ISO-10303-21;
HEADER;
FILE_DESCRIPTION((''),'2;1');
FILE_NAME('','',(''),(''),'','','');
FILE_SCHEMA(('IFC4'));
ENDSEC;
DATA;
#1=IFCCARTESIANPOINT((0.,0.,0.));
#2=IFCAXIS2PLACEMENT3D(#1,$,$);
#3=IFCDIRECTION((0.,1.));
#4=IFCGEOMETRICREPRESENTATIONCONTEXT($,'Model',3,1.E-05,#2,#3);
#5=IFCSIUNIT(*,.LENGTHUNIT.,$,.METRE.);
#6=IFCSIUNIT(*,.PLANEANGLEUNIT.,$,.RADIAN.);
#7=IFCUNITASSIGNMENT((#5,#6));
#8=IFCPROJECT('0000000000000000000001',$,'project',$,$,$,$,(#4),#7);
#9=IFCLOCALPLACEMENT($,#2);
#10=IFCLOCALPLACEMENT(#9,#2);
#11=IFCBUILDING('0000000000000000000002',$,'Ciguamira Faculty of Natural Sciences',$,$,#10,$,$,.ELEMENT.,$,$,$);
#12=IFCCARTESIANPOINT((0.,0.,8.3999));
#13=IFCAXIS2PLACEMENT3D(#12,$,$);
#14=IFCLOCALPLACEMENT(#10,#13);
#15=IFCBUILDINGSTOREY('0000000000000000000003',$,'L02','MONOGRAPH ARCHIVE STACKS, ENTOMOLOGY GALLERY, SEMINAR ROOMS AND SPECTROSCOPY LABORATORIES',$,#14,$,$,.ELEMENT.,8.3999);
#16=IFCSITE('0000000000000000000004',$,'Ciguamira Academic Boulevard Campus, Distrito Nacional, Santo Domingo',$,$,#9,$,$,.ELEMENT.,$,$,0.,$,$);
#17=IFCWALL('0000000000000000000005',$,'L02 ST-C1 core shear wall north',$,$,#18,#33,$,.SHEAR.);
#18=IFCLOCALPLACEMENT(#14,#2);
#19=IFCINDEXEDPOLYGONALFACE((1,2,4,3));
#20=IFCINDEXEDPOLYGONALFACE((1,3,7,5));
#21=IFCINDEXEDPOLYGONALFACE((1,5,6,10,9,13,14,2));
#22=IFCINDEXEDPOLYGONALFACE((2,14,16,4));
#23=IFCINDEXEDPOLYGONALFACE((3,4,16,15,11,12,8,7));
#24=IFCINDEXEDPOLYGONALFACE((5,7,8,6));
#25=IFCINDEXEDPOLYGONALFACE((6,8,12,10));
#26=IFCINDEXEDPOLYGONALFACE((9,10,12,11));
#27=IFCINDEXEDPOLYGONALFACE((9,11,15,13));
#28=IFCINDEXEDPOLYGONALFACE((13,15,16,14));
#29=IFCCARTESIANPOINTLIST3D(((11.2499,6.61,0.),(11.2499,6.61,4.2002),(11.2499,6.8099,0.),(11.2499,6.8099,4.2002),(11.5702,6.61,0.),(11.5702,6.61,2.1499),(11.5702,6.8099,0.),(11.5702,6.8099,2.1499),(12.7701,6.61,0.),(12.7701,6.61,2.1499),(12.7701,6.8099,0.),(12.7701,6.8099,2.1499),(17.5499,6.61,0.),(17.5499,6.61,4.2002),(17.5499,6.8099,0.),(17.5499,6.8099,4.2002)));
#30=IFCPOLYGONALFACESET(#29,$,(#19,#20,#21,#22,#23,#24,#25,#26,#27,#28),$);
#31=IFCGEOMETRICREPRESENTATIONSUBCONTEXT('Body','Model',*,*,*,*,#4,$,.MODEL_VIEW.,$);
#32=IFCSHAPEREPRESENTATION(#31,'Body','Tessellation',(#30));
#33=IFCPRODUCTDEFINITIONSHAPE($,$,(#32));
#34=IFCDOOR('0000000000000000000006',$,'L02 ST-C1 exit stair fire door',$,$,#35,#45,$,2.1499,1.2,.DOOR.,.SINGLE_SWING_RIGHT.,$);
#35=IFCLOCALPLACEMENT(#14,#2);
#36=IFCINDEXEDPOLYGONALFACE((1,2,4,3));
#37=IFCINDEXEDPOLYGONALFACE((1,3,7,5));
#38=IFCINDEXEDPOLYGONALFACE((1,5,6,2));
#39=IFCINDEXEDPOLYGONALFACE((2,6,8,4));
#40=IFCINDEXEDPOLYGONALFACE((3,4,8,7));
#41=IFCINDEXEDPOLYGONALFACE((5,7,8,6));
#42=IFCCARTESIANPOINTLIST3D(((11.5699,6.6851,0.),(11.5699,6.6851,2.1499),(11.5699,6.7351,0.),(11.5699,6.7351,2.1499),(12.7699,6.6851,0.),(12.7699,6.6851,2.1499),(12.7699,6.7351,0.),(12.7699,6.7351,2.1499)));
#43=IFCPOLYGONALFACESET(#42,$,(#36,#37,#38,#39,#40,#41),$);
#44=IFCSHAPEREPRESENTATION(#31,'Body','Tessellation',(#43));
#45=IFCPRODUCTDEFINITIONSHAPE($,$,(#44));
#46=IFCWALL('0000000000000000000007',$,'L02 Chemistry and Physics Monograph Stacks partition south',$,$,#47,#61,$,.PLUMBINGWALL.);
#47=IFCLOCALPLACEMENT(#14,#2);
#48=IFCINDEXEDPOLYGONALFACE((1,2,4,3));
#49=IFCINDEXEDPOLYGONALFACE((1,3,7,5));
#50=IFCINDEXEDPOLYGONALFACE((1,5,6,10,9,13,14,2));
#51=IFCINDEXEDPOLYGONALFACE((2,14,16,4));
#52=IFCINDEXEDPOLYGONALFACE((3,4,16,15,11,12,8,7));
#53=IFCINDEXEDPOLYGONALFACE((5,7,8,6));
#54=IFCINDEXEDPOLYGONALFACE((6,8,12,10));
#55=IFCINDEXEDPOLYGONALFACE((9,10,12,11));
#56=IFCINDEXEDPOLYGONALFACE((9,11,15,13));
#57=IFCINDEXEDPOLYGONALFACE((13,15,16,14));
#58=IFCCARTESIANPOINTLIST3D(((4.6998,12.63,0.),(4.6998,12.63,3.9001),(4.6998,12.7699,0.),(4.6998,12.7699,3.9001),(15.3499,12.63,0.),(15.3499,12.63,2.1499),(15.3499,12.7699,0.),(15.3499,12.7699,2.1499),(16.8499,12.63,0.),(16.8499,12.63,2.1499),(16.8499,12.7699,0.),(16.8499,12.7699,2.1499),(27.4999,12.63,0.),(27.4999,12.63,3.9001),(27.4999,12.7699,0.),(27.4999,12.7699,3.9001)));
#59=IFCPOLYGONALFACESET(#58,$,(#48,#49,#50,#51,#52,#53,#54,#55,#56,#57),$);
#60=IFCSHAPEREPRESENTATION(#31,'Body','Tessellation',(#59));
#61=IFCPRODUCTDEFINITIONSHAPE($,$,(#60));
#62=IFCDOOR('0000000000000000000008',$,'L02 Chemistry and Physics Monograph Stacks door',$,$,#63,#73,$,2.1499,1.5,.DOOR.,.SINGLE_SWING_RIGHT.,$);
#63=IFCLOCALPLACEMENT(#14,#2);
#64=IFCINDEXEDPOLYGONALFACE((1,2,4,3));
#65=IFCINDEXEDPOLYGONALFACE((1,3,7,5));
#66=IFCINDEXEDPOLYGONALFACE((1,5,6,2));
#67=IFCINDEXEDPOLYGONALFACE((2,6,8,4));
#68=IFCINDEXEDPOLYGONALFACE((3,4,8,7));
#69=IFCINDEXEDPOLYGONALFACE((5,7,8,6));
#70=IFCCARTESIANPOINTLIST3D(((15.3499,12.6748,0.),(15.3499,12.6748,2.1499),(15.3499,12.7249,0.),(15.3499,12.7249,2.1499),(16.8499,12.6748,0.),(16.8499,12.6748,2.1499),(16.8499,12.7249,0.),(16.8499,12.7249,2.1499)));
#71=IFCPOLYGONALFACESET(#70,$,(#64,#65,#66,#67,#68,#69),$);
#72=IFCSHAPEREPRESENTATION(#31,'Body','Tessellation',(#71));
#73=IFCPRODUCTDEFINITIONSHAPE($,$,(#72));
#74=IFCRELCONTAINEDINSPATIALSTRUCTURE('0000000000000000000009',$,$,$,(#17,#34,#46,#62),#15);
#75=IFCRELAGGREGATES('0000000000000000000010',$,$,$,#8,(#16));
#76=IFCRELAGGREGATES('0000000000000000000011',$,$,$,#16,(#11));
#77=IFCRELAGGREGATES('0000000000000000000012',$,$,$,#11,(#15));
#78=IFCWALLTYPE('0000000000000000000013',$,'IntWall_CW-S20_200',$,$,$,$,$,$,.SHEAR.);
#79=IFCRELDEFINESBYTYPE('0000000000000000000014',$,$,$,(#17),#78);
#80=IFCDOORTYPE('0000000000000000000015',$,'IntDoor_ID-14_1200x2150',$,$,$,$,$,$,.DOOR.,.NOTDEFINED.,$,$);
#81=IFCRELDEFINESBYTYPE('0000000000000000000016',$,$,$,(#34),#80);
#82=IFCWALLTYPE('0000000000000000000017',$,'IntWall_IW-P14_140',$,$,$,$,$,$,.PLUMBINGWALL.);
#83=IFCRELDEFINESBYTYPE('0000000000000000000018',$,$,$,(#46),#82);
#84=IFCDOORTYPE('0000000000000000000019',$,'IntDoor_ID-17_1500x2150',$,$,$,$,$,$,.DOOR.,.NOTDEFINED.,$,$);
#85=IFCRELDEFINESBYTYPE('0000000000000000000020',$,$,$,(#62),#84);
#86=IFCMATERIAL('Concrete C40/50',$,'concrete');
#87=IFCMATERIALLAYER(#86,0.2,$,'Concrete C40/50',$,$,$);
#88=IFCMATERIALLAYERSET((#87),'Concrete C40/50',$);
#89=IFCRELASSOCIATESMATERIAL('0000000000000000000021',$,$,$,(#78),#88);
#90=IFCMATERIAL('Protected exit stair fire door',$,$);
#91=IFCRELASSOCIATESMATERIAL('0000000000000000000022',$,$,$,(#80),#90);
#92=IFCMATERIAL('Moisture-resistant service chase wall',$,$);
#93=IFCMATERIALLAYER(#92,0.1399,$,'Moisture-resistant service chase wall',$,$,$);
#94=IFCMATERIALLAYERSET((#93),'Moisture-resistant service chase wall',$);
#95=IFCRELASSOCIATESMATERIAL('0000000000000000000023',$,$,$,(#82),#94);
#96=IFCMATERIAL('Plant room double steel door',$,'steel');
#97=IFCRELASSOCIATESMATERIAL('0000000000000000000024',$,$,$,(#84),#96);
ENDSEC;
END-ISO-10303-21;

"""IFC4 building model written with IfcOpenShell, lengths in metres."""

from ifc_helpers import new_model, si_unit, direction, frame, frame_2d, origin, place, context, subcontext, project, spatial, rectangle, extrude, material, layer, layer_set, type_object, element, fill, save


model = new_model("IFC4")

# Units and contexts
model_context = context("Model", 3, precision=1e-05, world=origin(), true_north=direction((0.0, 1.0)))
body_context = subcontext(model_context, "Body", "Model", "MODEL_VIEW")
ifc_project = project(units=[si_unit("LENGTHUNIT", "METRE"), si_unit("PLANEANGLEUNIT", "RADIAN")], contexts=[model_context])

# Site, building, storey
site_placement = place(None, origin())
site = spatial("IfcSite", under=ifc_project, at=site_placement, Name="Ciguamira Academic Boulevard Campus, Distrito Nacional, Santo Domingo", CompositionType="ELEMENT", RefElevation=0.0)
building_placement = place(site_placement, origin())
building = spatial("IfcBuilding", under=site, at=building_placement, Name="Ciguamira Faculty of Natural Sciences", CompositionType="ELEMENT")
storey_placement = place(building_placement, frame((0.0, 0.0, 8.3999)))
storey = spatial("IfcBuildingStorey", under=building, at=storey_placement, Name="L02", Description="MONOGRAPH ARCHIVE STACKS, ENTOMOLOGY GALLERY, SEMINAR ROOMS AND SPECTROSCOPY LABORATORIES", CompositionType="ELEMENT", Elevation=8.3999)

# Shared definitions
ifc_material_1 = material(Name="Concrete C40/50", Category="concrete")

# Walls, openings, doors
ifc_layer_1 = layer(ifc_material_1, 0.2, Name="Concrete C40/50")
ifc_layer_set_1 = layer_set([ifc_layer_1], Name="Concrete C40/50")
wall_type_1 = type_object("IfcWallType", Name="IntWall_CW-S20_200", PredefinedType="SHEAR", material=ifc_layer_set_1)
wall_1_placement = place(storey_placement, frame((11.25, 6.71, 0.0), z_axis=(0.0, 0.0, 1.0), x_axis=(1.0, 0.0, 0.0)))
wall_1 = element("IfcWall", 1, at=wall_1_placement, inside=storey, type_object=wall_type_1, Name="L02 ST-C1 core shear wall north", PredefinedType="SHEAR", context=body_context, shape_type="SweptSolid", body=[
    extrude(rectangle(XDim=6.3, YDim=0.2, at=frame_2d((3.1499, 0.0))), origin(), (0.0, 0.0, 1.0), 4.2002),
])
opening_1_placement = place(wall_1_placement, frame((0.3201, 0.0, 0.0)))
opening_1 = element("IfcOpeningElement", 2, at=opening_1_placement, cuts=wall_1, PredefinedType="OPENING", context=body_context, shape_type="SweptSolid", body=[
    extrude(rectangle(XDim=1.2, YDim=2.1499, at=frame_2d((0.6001, 1.075))), frame((0.0, 0.1099, 0.0), z_axis=(0.0, -1.0, 0.0), x_axis=(1.0, 0.0, 0.0)), (0.0, 0.0, 1.0), 0.22),
])
ifc_material_2 = material(Name="Protected exit stair fire door")
door_type_1 = type_object("IfcDoorType", Name="IntDoor_ID-14_1200x2150", OperationType="NOTDEFINED", PredefinedType="DOOR", material=ifc_material_2)
door_1_placement = place(opening_1_placement, frame((1.2, 0.0, 0.0), z_axis=(0.0, 0.0, 1.0), x_axis=(-1.0, 0.0, 0.0)))
door_1 = element("IfcDoor", 3, at=door_1_placement, inside=storey, type_object=door_type_1, Name="L02 ST-C1 exit stair fire door", OperationType="SINGLE_SWING_RIGHT", OverallHeight=2.1499, OverallWidth=1.2, PredefinedType="DOOR", context=body_context, shape_type="SweptSolid", body=[
    extrude(rectangle(XDim=1.2, YDim=2.1499, at=frame_2d((0.6001, 1.075))), frame((0.0, 0.0249, 0.0), z_axis=(0.0, -1.0, 0.0), x_axis=(1.0, 0.0, 0.0)), (0.0, 0.0, 1.0), 0.05),
])
fill(opening_1, door_1)
ifc_material_3 = material(Name="Moisture-resistant service chase wall")
ifc_layer_2 = layer(ifc_material_3, 0.1399, Name="Moisture-resistant service chase wall")
ifc_layer_set_2 = layer_set([ifc_layer_2], Name="Moisture-resistant service chase wall")
wall_type_2 = type_object("IfcWallType", Name="IntWall_IW-P14_140", PredefinedType="PLUMBINGWALL", material=ifc_layer_set_2)
wall_2_placement = place(storey_placement, frame((4.7, 12.7, 0.0), z_axis=(0.0, 0.0, 1.0), x_axis=(1.0, 0.0, 0.0)))
wall_2 = element("IfcWall", 4, at=wall_2_placement, inside=storey, type_object=wall_type_2, Name="L02 Chemistry and Physics Monograph Stacks partition south", PredefinedType="PLUMBINGWALL", context=body_context, shape_type="SweptSolid", body=[
    extrude(rectangle(XDim=22.8, YDim=0.1399, at=frame_2d((11.3999, 0.0))), origin(), (0.0, 0.0, 1.0), 3.9001),
])
opening_2_placement = place(wall_2_placement, frame((10.6499, 0.0, 0.0)))
opening_2 = element("IfcOpeningElement", 5, at=opening_2_placement, cuts=wall_2, PredefinedType="OPENING", context=body_context, shape_type="SweptSolid", body=[
    extrude(rectangle(XDim=1.5, YDim=2.1499, at=frame_2d((0.75, 1.075))), frame((0.0, 0.0798, 0.0), z_axis=(0.0, -1.0, 0.0), x_axis=(1.0, 0.0, 0.0)), (0.0, 0.0, 1.0), 0.1599),
])
ifc_material_4 = material(Name="Plant room double steel door", Category="steel")
door_type_2 = type_object("IfcDoorType", Name="IntDoor_ID-17_1500x2150", OperationType="NOTDEFINED", PredefinedType="DOOR", material=ifc_material_4)
door_2_placement = place(opening_2_placement, origin())
door_2 = element("IfcDoor", 6, at=door_2_placement, inside=storey, type_object=door_type_2, Name="L02 Chemistry and Physics Monograph Stacks door", OperationType="SINGLE_SWING_RIGHT", OverallHeight=2.1499, OverallWidth=1.5, PredefinedType="DOOR", context=body_context, shape_type="SweptSolid", body=[
    extrude(rectangle(XDim=1.5, YDim=2.1499, at=frame_2d((0.75, 1.075))), frame((0.0, 0.0249, 0.0), z_axis=(0.0, -1.0, 0.0), x_axis=(1.0, 0.0, 0.0)), (0.0, 0.0, 1.0), 0.05),
])
fill(opening_2, door_2)

save(model, "model.ifc")
